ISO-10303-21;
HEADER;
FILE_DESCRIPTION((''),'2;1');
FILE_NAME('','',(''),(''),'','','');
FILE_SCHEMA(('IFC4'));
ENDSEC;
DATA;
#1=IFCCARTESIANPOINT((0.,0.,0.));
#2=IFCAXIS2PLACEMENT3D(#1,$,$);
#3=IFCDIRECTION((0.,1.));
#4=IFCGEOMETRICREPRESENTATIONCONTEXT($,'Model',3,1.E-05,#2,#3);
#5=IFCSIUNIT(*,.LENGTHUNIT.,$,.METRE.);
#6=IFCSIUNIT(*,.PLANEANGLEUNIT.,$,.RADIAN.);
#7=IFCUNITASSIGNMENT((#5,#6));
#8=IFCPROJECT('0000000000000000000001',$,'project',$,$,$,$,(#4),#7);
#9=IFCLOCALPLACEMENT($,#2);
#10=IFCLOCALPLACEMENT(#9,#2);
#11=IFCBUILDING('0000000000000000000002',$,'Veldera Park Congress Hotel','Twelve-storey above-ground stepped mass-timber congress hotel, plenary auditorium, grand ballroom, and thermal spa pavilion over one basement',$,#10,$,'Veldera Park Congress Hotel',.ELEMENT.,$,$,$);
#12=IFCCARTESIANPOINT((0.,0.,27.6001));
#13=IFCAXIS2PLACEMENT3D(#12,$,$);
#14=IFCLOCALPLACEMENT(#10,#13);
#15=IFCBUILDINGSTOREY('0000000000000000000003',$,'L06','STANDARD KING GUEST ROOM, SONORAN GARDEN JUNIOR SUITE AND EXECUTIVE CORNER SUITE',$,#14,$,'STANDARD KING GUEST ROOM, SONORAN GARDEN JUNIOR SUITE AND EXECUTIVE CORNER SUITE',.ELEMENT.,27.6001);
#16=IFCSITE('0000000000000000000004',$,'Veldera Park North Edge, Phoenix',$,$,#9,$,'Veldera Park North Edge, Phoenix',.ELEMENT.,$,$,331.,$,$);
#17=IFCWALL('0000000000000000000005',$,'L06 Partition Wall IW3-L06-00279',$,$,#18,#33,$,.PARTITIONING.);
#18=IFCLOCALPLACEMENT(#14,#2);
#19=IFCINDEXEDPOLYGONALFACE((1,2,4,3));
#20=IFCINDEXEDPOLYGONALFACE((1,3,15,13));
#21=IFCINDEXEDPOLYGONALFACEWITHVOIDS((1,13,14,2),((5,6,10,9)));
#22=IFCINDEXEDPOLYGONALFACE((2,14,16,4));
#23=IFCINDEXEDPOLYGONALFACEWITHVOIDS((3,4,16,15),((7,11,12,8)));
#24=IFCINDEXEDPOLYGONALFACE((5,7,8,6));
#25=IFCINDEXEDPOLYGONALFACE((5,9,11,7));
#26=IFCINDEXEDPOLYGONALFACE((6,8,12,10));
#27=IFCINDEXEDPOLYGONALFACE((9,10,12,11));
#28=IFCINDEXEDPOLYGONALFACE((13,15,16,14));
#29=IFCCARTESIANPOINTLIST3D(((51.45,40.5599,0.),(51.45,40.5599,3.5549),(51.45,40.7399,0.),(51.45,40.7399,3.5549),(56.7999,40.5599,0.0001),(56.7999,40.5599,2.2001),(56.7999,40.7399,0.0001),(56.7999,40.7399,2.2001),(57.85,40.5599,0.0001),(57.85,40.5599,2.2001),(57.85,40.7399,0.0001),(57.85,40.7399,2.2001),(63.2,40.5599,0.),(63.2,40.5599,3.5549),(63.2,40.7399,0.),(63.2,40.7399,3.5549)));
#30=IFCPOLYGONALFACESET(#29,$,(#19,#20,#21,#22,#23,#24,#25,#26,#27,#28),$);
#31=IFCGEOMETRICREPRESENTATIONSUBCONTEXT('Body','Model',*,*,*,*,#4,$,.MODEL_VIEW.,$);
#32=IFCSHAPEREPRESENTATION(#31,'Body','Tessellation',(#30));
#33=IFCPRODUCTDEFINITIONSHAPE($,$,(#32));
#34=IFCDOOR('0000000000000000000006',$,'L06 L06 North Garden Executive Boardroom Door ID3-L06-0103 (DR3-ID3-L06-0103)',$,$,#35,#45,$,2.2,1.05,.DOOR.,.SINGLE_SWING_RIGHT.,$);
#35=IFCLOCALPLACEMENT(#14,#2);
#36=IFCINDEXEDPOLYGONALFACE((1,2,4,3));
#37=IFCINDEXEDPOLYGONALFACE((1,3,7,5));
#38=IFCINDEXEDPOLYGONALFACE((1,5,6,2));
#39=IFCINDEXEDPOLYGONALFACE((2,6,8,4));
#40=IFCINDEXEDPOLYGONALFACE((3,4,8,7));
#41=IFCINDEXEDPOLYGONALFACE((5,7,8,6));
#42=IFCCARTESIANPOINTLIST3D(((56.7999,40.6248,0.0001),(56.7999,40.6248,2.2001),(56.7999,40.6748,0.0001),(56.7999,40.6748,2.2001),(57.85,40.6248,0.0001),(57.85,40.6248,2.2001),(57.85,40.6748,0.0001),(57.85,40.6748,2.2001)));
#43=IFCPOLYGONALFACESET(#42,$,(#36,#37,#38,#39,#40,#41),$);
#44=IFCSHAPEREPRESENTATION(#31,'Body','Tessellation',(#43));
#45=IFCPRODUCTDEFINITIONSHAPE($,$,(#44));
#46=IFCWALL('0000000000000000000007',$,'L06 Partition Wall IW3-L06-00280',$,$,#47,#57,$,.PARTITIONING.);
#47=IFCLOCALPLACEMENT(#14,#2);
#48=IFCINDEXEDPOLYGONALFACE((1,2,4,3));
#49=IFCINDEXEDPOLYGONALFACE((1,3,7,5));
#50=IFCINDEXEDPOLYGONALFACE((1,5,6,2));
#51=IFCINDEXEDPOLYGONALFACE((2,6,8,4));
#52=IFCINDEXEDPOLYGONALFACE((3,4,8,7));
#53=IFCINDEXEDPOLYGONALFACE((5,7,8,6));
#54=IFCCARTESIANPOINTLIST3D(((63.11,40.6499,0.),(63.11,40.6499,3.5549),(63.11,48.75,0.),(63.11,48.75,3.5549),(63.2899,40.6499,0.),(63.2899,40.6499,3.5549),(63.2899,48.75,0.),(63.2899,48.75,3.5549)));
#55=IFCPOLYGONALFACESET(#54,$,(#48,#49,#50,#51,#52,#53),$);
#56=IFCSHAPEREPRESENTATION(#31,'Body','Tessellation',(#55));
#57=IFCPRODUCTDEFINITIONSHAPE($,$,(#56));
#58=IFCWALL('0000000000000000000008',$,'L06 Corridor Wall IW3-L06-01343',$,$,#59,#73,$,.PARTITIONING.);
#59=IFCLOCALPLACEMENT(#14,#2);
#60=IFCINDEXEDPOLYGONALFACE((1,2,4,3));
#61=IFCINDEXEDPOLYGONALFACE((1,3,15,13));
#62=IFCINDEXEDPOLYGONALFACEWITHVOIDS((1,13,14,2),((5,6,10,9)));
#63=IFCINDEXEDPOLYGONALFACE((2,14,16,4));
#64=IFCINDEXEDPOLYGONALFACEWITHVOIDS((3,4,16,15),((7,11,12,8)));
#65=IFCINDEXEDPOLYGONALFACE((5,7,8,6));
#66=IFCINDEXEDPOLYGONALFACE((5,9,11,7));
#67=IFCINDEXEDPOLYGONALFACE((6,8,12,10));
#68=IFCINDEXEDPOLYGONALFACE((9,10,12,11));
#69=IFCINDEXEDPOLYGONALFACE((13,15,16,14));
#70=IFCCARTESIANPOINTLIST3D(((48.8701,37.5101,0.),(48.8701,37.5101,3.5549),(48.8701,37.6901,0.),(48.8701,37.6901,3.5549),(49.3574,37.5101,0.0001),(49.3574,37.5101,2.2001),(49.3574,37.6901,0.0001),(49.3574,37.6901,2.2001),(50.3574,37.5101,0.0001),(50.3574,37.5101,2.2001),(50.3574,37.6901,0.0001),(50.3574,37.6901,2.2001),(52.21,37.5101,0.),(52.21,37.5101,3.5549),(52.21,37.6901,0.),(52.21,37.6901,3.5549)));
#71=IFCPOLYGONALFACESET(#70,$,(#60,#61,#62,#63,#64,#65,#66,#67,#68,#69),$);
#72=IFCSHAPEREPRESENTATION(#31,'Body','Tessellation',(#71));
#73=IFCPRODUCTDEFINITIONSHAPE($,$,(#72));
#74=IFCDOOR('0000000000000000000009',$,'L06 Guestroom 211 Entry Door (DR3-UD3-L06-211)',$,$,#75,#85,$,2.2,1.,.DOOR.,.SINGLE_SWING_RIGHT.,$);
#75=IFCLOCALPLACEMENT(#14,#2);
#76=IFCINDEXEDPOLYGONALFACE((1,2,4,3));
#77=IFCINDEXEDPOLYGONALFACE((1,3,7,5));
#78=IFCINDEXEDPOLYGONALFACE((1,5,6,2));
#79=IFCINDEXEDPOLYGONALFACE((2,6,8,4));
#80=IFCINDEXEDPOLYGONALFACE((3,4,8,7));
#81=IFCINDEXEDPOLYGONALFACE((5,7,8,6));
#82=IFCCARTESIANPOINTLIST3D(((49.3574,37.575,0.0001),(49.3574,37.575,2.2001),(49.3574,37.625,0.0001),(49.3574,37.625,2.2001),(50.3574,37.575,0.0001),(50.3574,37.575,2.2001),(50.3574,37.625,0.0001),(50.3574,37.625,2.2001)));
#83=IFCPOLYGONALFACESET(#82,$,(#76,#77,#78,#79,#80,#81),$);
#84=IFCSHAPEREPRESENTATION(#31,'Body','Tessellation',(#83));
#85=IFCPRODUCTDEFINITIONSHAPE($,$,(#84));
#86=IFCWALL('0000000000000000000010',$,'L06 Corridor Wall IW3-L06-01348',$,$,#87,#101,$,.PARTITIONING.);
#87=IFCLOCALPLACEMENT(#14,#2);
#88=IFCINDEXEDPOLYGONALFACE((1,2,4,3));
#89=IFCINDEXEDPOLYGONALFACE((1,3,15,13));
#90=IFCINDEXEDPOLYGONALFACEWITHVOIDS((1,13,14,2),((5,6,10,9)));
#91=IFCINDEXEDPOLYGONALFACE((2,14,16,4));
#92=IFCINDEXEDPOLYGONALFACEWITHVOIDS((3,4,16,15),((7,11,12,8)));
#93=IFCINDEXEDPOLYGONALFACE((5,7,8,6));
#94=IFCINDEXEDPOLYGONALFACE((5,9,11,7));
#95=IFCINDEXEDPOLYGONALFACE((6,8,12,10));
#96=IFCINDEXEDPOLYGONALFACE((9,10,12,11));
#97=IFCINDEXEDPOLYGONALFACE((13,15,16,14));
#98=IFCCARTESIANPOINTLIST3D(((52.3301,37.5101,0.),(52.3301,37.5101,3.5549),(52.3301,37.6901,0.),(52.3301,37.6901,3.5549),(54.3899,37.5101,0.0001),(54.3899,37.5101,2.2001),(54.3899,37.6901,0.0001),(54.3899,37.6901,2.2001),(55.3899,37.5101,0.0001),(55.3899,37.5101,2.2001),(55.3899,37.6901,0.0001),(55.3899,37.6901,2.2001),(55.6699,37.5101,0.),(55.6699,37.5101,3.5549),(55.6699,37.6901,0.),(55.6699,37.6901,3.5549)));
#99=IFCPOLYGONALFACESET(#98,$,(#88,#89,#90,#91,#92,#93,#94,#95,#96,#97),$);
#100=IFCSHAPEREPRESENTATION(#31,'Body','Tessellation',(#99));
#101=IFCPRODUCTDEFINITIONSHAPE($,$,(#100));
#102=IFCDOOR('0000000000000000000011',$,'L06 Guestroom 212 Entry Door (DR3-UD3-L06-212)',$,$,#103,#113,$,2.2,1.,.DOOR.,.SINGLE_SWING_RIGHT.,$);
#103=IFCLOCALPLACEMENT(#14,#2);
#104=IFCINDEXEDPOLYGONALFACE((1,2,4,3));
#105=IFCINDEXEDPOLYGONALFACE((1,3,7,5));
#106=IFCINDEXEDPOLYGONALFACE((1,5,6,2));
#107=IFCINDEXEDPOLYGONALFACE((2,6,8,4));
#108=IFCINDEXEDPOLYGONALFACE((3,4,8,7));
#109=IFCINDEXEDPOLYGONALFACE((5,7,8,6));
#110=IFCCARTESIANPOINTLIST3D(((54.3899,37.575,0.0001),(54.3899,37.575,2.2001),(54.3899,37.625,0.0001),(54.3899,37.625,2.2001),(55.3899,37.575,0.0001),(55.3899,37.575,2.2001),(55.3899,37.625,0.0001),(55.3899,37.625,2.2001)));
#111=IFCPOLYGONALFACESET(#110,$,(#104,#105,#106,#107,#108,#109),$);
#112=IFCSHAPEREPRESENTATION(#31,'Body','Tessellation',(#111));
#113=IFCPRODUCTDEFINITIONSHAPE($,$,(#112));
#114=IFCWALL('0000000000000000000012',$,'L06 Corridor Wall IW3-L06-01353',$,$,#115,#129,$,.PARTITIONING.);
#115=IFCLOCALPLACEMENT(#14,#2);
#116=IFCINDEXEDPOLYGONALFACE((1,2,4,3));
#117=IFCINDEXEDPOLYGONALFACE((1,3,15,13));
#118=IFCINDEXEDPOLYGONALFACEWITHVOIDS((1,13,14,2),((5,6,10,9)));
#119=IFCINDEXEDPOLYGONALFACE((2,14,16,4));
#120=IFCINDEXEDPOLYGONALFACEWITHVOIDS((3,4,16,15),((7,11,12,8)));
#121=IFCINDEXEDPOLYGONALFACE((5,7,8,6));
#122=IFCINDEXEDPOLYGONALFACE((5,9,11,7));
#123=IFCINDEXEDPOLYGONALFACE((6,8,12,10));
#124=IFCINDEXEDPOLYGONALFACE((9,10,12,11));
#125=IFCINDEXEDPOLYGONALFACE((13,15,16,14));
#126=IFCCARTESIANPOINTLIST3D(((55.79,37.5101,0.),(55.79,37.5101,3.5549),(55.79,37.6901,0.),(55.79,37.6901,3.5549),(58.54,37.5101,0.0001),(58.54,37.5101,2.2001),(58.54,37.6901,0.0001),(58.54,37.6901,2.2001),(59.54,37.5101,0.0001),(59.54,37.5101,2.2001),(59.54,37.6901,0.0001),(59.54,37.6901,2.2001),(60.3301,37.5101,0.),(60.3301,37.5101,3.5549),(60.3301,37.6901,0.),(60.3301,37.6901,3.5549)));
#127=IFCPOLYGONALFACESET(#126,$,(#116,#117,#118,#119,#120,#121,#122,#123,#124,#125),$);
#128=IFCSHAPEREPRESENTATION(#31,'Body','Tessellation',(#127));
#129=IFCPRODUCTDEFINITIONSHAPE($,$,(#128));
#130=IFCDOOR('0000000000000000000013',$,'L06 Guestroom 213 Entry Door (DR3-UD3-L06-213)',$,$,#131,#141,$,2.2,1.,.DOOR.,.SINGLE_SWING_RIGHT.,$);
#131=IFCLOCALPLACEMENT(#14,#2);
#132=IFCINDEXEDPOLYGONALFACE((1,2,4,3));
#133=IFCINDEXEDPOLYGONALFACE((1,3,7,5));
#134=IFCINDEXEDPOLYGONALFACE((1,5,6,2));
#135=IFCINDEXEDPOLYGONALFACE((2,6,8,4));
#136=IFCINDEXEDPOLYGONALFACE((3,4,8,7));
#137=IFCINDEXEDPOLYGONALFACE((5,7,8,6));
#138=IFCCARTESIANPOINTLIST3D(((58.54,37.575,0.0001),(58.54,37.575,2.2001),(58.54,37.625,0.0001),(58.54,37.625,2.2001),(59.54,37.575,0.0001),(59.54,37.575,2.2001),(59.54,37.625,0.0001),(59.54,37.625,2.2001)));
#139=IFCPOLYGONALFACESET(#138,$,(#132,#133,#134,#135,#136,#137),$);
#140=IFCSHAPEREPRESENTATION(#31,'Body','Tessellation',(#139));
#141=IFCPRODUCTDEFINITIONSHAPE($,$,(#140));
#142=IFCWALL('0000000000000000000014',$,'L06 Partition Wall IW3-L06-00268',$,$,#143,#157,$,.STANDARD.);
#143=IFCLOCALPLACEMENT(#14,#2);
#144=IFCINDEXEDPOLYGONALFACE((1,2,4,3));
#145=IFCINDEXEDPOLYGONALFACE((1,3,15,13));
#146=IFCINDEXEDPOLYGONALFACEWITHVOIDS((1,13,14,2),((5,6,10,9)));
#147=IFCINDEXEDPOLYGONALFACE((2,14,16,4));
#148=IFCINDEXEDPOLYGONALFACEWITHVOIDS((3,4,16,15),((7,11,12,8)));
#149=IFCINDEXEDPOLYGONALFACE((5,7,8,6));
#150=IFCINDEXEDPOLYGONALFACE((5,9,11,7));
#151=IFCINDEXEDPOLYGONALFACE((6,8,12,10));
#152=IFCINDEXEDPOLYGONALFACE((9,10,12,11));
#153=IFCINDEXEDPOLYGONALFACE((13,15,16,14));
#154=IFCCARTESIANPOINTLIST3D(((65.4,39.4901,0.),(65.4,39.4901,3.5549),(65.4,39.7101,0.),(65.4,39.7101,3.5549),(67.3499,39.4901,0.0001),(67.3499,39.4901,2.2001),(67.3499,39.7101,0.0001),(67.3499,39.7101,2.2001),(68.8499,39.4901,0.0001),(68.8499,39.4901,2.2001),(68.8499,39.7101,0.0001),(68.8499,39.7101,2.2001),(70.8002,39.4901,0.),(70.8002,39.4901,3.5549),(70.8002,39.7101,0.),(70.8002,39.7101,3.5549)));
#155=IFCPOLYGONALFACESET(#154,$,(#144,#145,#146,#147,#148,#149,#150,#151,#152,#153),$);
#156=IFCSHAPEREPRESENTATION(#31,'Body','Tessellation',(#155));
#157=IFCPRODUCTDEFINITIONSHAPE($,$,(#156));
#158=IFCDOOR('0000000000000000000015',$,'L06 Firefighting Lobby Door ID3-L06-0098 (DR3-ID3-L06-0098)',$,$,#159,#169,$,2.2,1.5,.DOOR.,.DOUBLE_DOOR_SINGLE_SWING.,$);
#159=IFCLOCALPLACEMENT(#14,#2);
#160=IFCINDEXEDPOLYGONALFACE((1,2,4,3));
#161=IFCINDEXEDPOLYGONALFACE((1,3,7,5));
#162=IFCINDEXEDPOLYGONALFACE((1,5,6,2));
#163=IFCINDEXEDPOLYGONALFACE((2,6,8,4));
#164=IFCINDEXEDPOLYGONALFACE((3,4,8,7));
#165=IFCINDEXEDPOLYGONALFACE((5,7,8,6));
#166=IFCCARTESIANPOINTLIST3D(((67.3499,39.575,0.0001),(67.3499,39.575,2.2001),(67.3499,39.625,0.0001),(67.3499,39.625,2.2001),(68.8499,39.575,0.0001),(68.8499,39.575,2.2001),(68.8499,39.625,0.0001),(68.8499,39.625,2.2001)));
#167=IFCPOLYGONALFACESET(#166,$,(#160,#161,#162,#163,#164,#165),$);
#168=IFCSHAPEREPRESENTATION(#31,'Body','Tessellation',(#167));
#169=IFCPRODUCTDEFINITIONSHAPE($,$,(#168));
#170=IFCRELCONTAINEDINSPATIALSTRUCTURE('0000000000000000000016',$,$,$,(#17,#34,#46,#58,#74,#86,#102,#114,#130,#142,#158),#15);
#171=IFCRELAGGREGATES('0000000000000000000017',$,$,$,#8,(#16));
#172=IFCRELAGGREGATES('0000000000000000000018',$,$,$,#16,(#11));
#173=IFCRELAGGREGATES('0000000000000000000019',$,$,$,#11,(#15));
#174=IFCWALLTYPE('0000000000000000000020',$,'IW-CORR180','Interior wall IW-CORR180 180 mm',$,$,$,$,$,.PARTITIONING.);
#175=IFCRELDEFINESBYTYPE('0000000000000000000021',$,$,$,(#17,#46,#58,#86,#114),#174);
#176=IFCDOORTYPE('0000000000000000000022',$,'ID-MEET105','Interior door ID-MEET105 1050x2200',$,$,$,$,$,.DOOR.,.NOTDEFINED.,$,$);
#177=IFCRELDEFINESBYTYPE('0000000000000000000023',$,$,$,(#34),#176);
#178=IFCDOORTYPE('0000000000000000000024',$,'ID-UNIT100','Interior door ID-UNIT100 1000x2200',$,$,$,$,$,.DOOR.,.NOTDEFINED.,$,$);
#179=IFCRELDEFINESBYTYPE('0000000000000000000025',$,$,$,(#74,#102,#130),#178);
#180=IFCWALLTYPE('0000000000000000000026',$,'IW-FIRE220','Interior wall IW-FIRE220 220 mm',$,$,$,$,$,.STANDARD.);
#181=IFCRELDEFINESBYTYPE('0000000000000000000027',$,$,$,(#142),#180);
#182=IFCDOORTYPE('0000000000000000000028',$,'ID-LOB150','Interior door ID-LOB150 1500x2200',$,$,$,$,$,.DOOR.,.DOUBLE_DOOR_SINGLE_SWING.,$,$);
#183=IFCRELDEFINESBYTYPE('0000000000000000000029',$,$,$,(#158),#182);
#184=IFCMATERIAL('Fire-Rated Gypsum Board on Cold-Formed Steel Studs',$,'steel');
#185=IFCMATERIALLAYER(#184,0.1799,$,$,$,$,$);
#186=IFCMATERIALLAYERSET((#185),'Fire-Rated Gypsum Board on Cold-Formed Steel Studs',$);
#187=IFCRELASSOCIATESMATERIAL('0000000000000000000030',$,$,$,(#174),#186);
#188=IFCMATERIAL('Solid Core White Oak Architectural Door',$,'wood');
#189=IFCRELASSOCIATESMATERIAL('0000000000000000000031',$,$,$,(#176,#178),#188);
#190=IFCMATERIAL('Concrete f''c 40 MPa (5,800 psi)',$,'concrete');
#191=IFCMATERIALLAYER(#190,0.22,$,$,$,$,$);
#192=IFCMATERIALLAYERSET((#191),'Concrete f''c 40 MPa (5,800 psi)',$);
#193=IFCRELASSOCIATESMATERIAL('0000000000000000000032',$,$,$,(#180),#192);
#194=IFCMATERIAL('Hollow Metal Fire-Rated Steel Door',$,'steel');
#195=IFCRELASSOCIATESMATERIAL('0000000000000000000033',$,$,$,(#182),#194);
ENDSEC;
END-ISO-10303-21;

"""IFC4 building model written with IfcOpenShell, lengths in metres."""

from ifc_helpers import new_model, si_unit, direction, frame, frame_2d, origin, place, context, subcontext, project, spatial, rectangle, extrude, material, layer, layer_set, type_object, element, fill, save


model = new_model("IFC4")

# Units and contexts
model_context = context("Model", 3, precision=1e-05, world=origin(), true_north=direction((0.0, 1.0)))
body_context = subcontext(model_context, "Body", "Model", "MODEL_VIEW")
ifc_project = project(units=[si_unit("LENGTHUNIT", "METRE"), si_unit("PLANEANGLEUNIT", "RADIAN")], contexts=[model_context])

# Site, building, storey
site_placement = place(None, origin())
site = spatial("IfcSite", under=ifc_project, at=site_placement, Name="Veldera Park North Edge, Phoenix", LongName="Veldera Park North Edge, Phoenix", CompositionType="ELEMENT", RefElevation=331.0)
building_placement = place(site_placement, origin())
building = spatial("IfcBuilding", under=site, at=building_placement, Name="Veldera Park Congress Hotel", Description="Twelve-storey above-ground stepped mass-timber congress hotel, plenary auditorium, grand ballroom, and thermal spa pavilion over one basement", LongName="Veldera Park Congress Hotel", CompositionType="ELEMENT")
storey_placement = place(building_placement, frame((0.0, 0.0, 27.6001)))
storey = spatial("IfcBuildingStorey", under=building, at=storey_placement, Name="L06", Description="STANDARD KING GUEST ROOM, SONORAN GARDEN JUNIOR SUITE AND EXECUTIVE CORNER SUITE", LongName="STANDARD KING GUEST ROOM, SONORAN GARDEN JUNIOR SUITE AND EXECUTIVE CORNER SUITE", CompositionType="ELEMENT", Elevation=27.6001)

# Wall, opening, door
ifc_material_1 = material(Name="Fire-Rated Gypsum Board on Cold-Formed Steel Studs", Category="steel")
ifc_layer_1 = layer(ifc_material_1, 0.1799)
ifc_layer_set_1 = layer_set([ifc_layer_1], Name="Fire-Rated Gypsum Board on Cold-Formed Steel Studs")
wall_type_1 = type_object("IfcWallType", Name="IW-CORR180", Description="Interior wall IW-CORR180 180 mm", PredefinedType="PARTITIONING", material=ifc_layer_set_1)
wall_1_placement = place(storey_placement, frame((51.45, 40.6499, 0.0), z_axis=(0.0, 0.0, 1.0), x_axis=(1.0, 0.0, 0.0)))
wall_1 = element("IfcWall", 1, at=wall_1_placement, inside=storey, type_object=wall_type_1, Name="L06 Partition Wall IW3-L06-00279", PredefinedType="PARTITIONING", context=body_context, shape_type="SweptSolid", body=[
    extrude(rectangle(XDim=11.75, YDim=0.1799, at=frame_2d((5.875, 0.0))), origin(), (0.0, 0.0, 1.0), 3.5549),
])
opening_1_placement = place(wall_1_placement, frame((5.3501, 0.0, 0.0)))
opening_1 = element("IfcOpeningElement", 2, at=opening_1_placement, cuts=wall_1, PredefinedType="OPENING", context=body_context, shape_type="SweptSolid", body=[
    extrude(rectangle(XDim=1.05, YDim=2.2, at=frame_2d((0.5249, 1.1001))), frame((0.0, 0.1021, 0.0), z_axis=(0.0, -1.0, 0.0), x_axis=(1.0, 0.0, 0.0)), (0.0, 0.0, 1.0), 0.2039),
])
ifc_material_2 = material(Name="Solid Core White Oak Architectural Door", Category="wood")
door_type_1 = type_object("IfcDoorType", Name="ID-MEET105", Description="Interior door ID-MEET105 1050x2200", OperationType="NOTDEFINED", PredefinedType="DOOR", material=ifc_material_2)
door_1_placement = place(opening_1_placement, origin())
door_1 = element("IfcDoor", 3, at=door_1_placement, inside=storey, type_object=door_type_1, Name="L06 L06 North Garden Executive Boardroom Door ID3-L06-0103 (DR3-ID3-L06-0103)", OperationType="SINGLE_SWING_RIGHT", OverallHeight=2.2, OverallWidth=1.05, PredefinedType="DOOR", context=body_context, shape_type="SweptSolid", body=[
    extrude(rectangle(XDim=1.05, YDim=2.2, at=frame_2d((0.5249, 1.1001))), frame((0.0, 0.0249, 0.0), z_axis=(0.0, -1.0, 0.0), x_axis=(1.0, 0.0, 0.0)), (0.0, 0.0, 1.0), 0.05),
])
fill(opening_1, door_1)

# Wall
wall_2_placement = place(storey_placement, frame((63.2, 40.6499, 0.0), z_axis=(0.0, 0.0, 1.0), x_axis=(0.0, 1.0, 0.0)))
element("IfcWall", 4, at=wall_2_placement, inside=storey, type_object=wall_type_1, Name="L06 Partition Wall IW3-L06-00280", PredefinedType="PARTITIONING", context=body_context, shape_type="SweptSolid", body=[
    extrude(rectangle(XDim=8.1001, YDim=0.1799, at=frame_2d((4.05, 0.0))), origin(), (0.0, 0.0, 1.0), 3.5549),
])

# Walls, openings, doors
wall_3_placement = place(storey_placement, frame((52.21, 37.6001, 0.0), z_axis=(0.0, 0.0, 1.0), x_axis=(-1.0, 0.0, 0.0)))
wall_3 = element("IfcWall", 5, at=wall_3_placement, inside=storey, type_object=wall_type_1, Name="L06 Corridor Wall IW3-L06-01343", PredefinedType="PARTITIONING", context=body_context, shape_type="SweptSolid", body=[
    extrude(rectangle(XDim=3.3398, YDim=0.1799, at=frame_2d((1.6699, 0.0))), origin(), (0.0, 0.0, 1.0), 3.5549),
])
opening_2_placement = place(wall_3_placement, frame((1.8525, 0.0, 0.0)))
opening_2 = element("IfcOpeningElement", 6, at=opening_2_placement, cuts=wall_3, PredefinedType="OPENING", context=body_context, shape_type="SweptSolid", body=[
    extrude(rectangle(XDim=1.0, YDim=2.2, at=frame_2d((0.5, 1.1001))), frame((0.0, 0.1021, 0.0), z_axis=(0.0, -1.0, 0.0), x_axis=(1.0, 0.0, 0.0)), (0.0, 0.0, 1.0), 0.2039),
])
door_type_2 = type_object("IfcDoorType", Name="ID-UNIT100", Description="Interior door ID-UNIT100 1000x2200", OperationType="NOTDEFINED", PredefinedType="DOOR", material=ifc_material_2)
door_2_placement = place(opening_2_placement, frame((1.0, 0.0, 0.0), z_axis=(0.0, 0.0, 1.0), x_axis=(-1.0, 0.0, 0.0)))
door_2 = element("IfcDoor", 7, at=door_2_placement, inside=storey, type_object=door_type_2, Name="L06 Guestroom 211 Entry Door (DR3-UD3-L06-211)", OperationType="SINGLE_SWING_RIGHT", OverallHeight=2.2, OverallWidth=1.0, PredefinedType="DOOR", context=body_context, shape_type="SweptSolid", body=[
    extrude(rectangle(XDim=1.0, YDim=2.2, at=frame_2d((0.5, 1.1001))), frame((0.0, 0.0249, 0.0), z_axis=(0.0, -1.0, 0.0), x_axis=(1.0, 0.0, 0.0)), (0.0, 0.0, 1.0), 0.05),
])
fill(opening_2, door_2)
wall_4_placement = place(storey_placement, frame((55.6699, 37.6001, 0.0), z_axis=(0.0, 0.0, 1.0), x_axis=(-1.0, 0.0, 0.0)))
wall_4 = element("IfcWall", 8, at=wall_4_placement, inside=storey, type_object=wall_type_1, Name="L06 Corridor Wall IW3-L06-01348", PredefinedType="PARTITIONING", context=body_context, shape_type="SweptSolid", body=[
    extrude(rectangle(XDim=3.3398, YDim=0.1799, at=frame_2d((1.6699, 0.0))), origin(), (0.0, 0.0, 1.0), 3.5549),
])
opening_3_placement = place(wall_4_placement, frame((0.28, 0.0, 0.0)))
opening_3 = element("IfcOpeningElement", 9, at=opening_3_placement, cuts=wall_4, PredefinedType="OPENING", context=body_context, shape_type="SweptSolid", body=[
    extrude(rectangle(XDim=1.0, YDim=2.2, at=frame_2d((0.5, 1.1001))), frame((0.0, 0.1021, 0.0), z_axis=(0.0, -1.0, 0.0), x_axis=(1.0, 0.0, 0.0)), (0.0, 0.0, 1.0), 0.2039),
])
door_3_placement = place(opening_3_placement, frame((1.0, 0.0, 0.0), z_axis=(0.0, 0.0, 1.0), x_axis=(-1.0, 0.0, 0.0)))
door_3 = element("IfcDoor", 10, at=door_3_placement, inside=storey, type_object=door_type_2, Name="L06 Guestroom 212 Entry Door (DR3-UD3-L06-212)", OperationType="SINGLE_SWING_RIGHT", OverallHeight=2.2, OverallWidth=1.0, PredefinedType="DOOR", context=body_context, shape_type="SweptSolid", body=[
    extrude(rectangle(XDim=1.0, YDim=2.2, at=frame_2d((0.5, 1.1001))), frame((0.0, 0.0249, 0.0), z_axis=(0.0, -1.0, 0.0), x_axis=(1.0, 0.0, 0.0)), (0.0, 0.0, 1.0), 0.05),
])
fill(opening_3, door_3)
wall_5_placement = place(storey_placement, frame((60.3301, 37.6001, 0.0), z_axis=(0.0, 0.0, 1.0), x_axis=(-1.0, 0.0, 0.0)))
wall_5 = element("IfcWall", 11, at=wall_5_placement, inside=storey, type_object=wall_type_1, Name="L06 Corridor Wall IW3-L06-01353", PredefinedType="PARTITIONING", context=body_context, shape_type="SweptSolid", body=[
    extrude(rectangle(XDim=4.54, YDim=0.1799, at=frame_2d((2.27, 0.0))), origin(), (0.0, 0.0, 1.0), 3.5549),
])
opening_4_placement = place(wall_5_placement, frame((0.79, 0.0, 0.0)))
opening_4 = element("IfcOpeningElement", 12, at=opening_4_placement, cuts=wall_5, PredefinedType="OPENING", context=body_context, shape_type="SweptSolid", body=[
    extrude(rectangle(XDim=1.0, YDim=2.2, at=frame_2d((0.5, 1.1001))), frame((0.0, 0.1021, 0.0), z_axis=(0.0, -1.0, 0.0), x_axis=(1.0, 0.0, 0.0)), (0.0, 0.0, 1.0), 0.2039),
])
door_4_placement = place(opening_4_placement, frame((1.0, 0.0, 0.0), z_axis=(0.0, 0.0, 1.0), x_axis=(-1.0, 0.0, 0.0)))
door_4 = element("IfcDoor", 13, at=door_4_placement, inside=storey, type_object=door_type_2, Name="L06 Guestroom 213 Entry Door (DR3-UD3-L06-213)", OperationType="SINGLE_SWING_RIGHT", OverallHeight=2.2, OverallWidth=1.0, PredefinedType="DOOR", context=body_context, shape_type="SweptSolid", body=[
    extrude(rectangle(XDim=1.0, YDim=2.2, at=frame_2d((0.5, 1.1001))), frame((0.0, 0.0249, 0.0), z_axis=(0.0, -1.0, 0.0), x_axis=(1.0, 0.0, 0.0)), (0.0, 0.0, 1.0), 0.05),
])
fill(opening_4, door_4)
ifc_material_3 = material(Name="Concrete f'c 40 MPa (5,800 psi)", Category="concrete")
ifc_layer_2 = layer(ifc_material_3, 0.22)
ifc_layer_set_2 = layer_set([ifc_layer_2], Name="Concrete f'c 40 MPa (5,800 psi)")
wall_type_2 = type_object("IfcWallType", Name="IW-FIRE220", Description="Interior wall IW-FIRE220 220 mm", PredefinedType="STANDARD", material=ifc_layer_set_2)
wall_6_placement = place(storey_placement, frame((65.3999, 39.6001, 0.0), z_axis=(0.0, 0.0, 1.0), x_axis=(1.0, 0.0, 0.0)))
wall_6 = element("IfcWall", 14, at=wall_6_placement, inside=storey, type_object=wall_type_2, Name="L06 Partition Wall IW3-L06-00268", PredefinedType="STANDARD", context=body_context, shape_type="SweptSolid", body=[
    extrude(rectangle(XDim=5.4001, YDim=0.22, at=frame_2d((2.7002, 0.0))), origin(), (0.0, 0.0, 1.0), 3.5549),
])
opening_5_placement = place(wall_6_placement, frame((1.95, 0.0, 0.0)))
opening_5 = element("IfcOpeningElement", 15, at=opening_5_placement, cuts=wall_6, PredefinedType="OPENING", context=body_context, shape_type="SweptSolid", body=[
    extrude(rectangle(XDim=1.5, YDim=2.2, at=frame_2d((0.75, 1.1001))), frame((0.0, 0.1221, 0.0), z_axis=(0.0, -1.0, 0.0), x_axis=(1.0, 0.0, 0.0)), (0.0, 0.0, 1.0), 0.2439),
])
ifc_material_4 = material(Name="Hollow Metal Fire-Rated Steel Door", Category="steel")
door_type_3 = type_object("IfcDoorType", Name="ID-LOB150", Description="Interior door ID-LOB150 1500x2200", OperationType="DOUBLE_DOOR_SINGLE_SWING", PredefinedType="DOOR", material=ifc_material_4)
door_5_placement = place(opening_5_placement, origin())
door_5 = element("IfcDoor", 16, at=door_5_placement, inside=storey, type_object=door_type_3, Name="L06 Firefighting Lobby Door ID3-L06-0098 (DR3-ID3-L06-0098)", OperationType="DOUBLE_DOOR_SINGLE_SWING", OverallHeight=2.2, OverallWidth=1.5, PredefinedType="DOOR", context=body_context, shape_type="SweptSolid", body=[
    extrude(rectangle(XDim=1.5, YDim=2.2, at=frame_2d((0.75, 1.1001))), frame((0.0, 0.0249, 0.0), z_axis=(0.0, -1.0, 0.0), x_axis=(1.0, 0.0, 0.0)), (0.0, 0.0, 1.0), 0.05),
])
fill(opening_5, door_5)

save(model, "model.ifc")
